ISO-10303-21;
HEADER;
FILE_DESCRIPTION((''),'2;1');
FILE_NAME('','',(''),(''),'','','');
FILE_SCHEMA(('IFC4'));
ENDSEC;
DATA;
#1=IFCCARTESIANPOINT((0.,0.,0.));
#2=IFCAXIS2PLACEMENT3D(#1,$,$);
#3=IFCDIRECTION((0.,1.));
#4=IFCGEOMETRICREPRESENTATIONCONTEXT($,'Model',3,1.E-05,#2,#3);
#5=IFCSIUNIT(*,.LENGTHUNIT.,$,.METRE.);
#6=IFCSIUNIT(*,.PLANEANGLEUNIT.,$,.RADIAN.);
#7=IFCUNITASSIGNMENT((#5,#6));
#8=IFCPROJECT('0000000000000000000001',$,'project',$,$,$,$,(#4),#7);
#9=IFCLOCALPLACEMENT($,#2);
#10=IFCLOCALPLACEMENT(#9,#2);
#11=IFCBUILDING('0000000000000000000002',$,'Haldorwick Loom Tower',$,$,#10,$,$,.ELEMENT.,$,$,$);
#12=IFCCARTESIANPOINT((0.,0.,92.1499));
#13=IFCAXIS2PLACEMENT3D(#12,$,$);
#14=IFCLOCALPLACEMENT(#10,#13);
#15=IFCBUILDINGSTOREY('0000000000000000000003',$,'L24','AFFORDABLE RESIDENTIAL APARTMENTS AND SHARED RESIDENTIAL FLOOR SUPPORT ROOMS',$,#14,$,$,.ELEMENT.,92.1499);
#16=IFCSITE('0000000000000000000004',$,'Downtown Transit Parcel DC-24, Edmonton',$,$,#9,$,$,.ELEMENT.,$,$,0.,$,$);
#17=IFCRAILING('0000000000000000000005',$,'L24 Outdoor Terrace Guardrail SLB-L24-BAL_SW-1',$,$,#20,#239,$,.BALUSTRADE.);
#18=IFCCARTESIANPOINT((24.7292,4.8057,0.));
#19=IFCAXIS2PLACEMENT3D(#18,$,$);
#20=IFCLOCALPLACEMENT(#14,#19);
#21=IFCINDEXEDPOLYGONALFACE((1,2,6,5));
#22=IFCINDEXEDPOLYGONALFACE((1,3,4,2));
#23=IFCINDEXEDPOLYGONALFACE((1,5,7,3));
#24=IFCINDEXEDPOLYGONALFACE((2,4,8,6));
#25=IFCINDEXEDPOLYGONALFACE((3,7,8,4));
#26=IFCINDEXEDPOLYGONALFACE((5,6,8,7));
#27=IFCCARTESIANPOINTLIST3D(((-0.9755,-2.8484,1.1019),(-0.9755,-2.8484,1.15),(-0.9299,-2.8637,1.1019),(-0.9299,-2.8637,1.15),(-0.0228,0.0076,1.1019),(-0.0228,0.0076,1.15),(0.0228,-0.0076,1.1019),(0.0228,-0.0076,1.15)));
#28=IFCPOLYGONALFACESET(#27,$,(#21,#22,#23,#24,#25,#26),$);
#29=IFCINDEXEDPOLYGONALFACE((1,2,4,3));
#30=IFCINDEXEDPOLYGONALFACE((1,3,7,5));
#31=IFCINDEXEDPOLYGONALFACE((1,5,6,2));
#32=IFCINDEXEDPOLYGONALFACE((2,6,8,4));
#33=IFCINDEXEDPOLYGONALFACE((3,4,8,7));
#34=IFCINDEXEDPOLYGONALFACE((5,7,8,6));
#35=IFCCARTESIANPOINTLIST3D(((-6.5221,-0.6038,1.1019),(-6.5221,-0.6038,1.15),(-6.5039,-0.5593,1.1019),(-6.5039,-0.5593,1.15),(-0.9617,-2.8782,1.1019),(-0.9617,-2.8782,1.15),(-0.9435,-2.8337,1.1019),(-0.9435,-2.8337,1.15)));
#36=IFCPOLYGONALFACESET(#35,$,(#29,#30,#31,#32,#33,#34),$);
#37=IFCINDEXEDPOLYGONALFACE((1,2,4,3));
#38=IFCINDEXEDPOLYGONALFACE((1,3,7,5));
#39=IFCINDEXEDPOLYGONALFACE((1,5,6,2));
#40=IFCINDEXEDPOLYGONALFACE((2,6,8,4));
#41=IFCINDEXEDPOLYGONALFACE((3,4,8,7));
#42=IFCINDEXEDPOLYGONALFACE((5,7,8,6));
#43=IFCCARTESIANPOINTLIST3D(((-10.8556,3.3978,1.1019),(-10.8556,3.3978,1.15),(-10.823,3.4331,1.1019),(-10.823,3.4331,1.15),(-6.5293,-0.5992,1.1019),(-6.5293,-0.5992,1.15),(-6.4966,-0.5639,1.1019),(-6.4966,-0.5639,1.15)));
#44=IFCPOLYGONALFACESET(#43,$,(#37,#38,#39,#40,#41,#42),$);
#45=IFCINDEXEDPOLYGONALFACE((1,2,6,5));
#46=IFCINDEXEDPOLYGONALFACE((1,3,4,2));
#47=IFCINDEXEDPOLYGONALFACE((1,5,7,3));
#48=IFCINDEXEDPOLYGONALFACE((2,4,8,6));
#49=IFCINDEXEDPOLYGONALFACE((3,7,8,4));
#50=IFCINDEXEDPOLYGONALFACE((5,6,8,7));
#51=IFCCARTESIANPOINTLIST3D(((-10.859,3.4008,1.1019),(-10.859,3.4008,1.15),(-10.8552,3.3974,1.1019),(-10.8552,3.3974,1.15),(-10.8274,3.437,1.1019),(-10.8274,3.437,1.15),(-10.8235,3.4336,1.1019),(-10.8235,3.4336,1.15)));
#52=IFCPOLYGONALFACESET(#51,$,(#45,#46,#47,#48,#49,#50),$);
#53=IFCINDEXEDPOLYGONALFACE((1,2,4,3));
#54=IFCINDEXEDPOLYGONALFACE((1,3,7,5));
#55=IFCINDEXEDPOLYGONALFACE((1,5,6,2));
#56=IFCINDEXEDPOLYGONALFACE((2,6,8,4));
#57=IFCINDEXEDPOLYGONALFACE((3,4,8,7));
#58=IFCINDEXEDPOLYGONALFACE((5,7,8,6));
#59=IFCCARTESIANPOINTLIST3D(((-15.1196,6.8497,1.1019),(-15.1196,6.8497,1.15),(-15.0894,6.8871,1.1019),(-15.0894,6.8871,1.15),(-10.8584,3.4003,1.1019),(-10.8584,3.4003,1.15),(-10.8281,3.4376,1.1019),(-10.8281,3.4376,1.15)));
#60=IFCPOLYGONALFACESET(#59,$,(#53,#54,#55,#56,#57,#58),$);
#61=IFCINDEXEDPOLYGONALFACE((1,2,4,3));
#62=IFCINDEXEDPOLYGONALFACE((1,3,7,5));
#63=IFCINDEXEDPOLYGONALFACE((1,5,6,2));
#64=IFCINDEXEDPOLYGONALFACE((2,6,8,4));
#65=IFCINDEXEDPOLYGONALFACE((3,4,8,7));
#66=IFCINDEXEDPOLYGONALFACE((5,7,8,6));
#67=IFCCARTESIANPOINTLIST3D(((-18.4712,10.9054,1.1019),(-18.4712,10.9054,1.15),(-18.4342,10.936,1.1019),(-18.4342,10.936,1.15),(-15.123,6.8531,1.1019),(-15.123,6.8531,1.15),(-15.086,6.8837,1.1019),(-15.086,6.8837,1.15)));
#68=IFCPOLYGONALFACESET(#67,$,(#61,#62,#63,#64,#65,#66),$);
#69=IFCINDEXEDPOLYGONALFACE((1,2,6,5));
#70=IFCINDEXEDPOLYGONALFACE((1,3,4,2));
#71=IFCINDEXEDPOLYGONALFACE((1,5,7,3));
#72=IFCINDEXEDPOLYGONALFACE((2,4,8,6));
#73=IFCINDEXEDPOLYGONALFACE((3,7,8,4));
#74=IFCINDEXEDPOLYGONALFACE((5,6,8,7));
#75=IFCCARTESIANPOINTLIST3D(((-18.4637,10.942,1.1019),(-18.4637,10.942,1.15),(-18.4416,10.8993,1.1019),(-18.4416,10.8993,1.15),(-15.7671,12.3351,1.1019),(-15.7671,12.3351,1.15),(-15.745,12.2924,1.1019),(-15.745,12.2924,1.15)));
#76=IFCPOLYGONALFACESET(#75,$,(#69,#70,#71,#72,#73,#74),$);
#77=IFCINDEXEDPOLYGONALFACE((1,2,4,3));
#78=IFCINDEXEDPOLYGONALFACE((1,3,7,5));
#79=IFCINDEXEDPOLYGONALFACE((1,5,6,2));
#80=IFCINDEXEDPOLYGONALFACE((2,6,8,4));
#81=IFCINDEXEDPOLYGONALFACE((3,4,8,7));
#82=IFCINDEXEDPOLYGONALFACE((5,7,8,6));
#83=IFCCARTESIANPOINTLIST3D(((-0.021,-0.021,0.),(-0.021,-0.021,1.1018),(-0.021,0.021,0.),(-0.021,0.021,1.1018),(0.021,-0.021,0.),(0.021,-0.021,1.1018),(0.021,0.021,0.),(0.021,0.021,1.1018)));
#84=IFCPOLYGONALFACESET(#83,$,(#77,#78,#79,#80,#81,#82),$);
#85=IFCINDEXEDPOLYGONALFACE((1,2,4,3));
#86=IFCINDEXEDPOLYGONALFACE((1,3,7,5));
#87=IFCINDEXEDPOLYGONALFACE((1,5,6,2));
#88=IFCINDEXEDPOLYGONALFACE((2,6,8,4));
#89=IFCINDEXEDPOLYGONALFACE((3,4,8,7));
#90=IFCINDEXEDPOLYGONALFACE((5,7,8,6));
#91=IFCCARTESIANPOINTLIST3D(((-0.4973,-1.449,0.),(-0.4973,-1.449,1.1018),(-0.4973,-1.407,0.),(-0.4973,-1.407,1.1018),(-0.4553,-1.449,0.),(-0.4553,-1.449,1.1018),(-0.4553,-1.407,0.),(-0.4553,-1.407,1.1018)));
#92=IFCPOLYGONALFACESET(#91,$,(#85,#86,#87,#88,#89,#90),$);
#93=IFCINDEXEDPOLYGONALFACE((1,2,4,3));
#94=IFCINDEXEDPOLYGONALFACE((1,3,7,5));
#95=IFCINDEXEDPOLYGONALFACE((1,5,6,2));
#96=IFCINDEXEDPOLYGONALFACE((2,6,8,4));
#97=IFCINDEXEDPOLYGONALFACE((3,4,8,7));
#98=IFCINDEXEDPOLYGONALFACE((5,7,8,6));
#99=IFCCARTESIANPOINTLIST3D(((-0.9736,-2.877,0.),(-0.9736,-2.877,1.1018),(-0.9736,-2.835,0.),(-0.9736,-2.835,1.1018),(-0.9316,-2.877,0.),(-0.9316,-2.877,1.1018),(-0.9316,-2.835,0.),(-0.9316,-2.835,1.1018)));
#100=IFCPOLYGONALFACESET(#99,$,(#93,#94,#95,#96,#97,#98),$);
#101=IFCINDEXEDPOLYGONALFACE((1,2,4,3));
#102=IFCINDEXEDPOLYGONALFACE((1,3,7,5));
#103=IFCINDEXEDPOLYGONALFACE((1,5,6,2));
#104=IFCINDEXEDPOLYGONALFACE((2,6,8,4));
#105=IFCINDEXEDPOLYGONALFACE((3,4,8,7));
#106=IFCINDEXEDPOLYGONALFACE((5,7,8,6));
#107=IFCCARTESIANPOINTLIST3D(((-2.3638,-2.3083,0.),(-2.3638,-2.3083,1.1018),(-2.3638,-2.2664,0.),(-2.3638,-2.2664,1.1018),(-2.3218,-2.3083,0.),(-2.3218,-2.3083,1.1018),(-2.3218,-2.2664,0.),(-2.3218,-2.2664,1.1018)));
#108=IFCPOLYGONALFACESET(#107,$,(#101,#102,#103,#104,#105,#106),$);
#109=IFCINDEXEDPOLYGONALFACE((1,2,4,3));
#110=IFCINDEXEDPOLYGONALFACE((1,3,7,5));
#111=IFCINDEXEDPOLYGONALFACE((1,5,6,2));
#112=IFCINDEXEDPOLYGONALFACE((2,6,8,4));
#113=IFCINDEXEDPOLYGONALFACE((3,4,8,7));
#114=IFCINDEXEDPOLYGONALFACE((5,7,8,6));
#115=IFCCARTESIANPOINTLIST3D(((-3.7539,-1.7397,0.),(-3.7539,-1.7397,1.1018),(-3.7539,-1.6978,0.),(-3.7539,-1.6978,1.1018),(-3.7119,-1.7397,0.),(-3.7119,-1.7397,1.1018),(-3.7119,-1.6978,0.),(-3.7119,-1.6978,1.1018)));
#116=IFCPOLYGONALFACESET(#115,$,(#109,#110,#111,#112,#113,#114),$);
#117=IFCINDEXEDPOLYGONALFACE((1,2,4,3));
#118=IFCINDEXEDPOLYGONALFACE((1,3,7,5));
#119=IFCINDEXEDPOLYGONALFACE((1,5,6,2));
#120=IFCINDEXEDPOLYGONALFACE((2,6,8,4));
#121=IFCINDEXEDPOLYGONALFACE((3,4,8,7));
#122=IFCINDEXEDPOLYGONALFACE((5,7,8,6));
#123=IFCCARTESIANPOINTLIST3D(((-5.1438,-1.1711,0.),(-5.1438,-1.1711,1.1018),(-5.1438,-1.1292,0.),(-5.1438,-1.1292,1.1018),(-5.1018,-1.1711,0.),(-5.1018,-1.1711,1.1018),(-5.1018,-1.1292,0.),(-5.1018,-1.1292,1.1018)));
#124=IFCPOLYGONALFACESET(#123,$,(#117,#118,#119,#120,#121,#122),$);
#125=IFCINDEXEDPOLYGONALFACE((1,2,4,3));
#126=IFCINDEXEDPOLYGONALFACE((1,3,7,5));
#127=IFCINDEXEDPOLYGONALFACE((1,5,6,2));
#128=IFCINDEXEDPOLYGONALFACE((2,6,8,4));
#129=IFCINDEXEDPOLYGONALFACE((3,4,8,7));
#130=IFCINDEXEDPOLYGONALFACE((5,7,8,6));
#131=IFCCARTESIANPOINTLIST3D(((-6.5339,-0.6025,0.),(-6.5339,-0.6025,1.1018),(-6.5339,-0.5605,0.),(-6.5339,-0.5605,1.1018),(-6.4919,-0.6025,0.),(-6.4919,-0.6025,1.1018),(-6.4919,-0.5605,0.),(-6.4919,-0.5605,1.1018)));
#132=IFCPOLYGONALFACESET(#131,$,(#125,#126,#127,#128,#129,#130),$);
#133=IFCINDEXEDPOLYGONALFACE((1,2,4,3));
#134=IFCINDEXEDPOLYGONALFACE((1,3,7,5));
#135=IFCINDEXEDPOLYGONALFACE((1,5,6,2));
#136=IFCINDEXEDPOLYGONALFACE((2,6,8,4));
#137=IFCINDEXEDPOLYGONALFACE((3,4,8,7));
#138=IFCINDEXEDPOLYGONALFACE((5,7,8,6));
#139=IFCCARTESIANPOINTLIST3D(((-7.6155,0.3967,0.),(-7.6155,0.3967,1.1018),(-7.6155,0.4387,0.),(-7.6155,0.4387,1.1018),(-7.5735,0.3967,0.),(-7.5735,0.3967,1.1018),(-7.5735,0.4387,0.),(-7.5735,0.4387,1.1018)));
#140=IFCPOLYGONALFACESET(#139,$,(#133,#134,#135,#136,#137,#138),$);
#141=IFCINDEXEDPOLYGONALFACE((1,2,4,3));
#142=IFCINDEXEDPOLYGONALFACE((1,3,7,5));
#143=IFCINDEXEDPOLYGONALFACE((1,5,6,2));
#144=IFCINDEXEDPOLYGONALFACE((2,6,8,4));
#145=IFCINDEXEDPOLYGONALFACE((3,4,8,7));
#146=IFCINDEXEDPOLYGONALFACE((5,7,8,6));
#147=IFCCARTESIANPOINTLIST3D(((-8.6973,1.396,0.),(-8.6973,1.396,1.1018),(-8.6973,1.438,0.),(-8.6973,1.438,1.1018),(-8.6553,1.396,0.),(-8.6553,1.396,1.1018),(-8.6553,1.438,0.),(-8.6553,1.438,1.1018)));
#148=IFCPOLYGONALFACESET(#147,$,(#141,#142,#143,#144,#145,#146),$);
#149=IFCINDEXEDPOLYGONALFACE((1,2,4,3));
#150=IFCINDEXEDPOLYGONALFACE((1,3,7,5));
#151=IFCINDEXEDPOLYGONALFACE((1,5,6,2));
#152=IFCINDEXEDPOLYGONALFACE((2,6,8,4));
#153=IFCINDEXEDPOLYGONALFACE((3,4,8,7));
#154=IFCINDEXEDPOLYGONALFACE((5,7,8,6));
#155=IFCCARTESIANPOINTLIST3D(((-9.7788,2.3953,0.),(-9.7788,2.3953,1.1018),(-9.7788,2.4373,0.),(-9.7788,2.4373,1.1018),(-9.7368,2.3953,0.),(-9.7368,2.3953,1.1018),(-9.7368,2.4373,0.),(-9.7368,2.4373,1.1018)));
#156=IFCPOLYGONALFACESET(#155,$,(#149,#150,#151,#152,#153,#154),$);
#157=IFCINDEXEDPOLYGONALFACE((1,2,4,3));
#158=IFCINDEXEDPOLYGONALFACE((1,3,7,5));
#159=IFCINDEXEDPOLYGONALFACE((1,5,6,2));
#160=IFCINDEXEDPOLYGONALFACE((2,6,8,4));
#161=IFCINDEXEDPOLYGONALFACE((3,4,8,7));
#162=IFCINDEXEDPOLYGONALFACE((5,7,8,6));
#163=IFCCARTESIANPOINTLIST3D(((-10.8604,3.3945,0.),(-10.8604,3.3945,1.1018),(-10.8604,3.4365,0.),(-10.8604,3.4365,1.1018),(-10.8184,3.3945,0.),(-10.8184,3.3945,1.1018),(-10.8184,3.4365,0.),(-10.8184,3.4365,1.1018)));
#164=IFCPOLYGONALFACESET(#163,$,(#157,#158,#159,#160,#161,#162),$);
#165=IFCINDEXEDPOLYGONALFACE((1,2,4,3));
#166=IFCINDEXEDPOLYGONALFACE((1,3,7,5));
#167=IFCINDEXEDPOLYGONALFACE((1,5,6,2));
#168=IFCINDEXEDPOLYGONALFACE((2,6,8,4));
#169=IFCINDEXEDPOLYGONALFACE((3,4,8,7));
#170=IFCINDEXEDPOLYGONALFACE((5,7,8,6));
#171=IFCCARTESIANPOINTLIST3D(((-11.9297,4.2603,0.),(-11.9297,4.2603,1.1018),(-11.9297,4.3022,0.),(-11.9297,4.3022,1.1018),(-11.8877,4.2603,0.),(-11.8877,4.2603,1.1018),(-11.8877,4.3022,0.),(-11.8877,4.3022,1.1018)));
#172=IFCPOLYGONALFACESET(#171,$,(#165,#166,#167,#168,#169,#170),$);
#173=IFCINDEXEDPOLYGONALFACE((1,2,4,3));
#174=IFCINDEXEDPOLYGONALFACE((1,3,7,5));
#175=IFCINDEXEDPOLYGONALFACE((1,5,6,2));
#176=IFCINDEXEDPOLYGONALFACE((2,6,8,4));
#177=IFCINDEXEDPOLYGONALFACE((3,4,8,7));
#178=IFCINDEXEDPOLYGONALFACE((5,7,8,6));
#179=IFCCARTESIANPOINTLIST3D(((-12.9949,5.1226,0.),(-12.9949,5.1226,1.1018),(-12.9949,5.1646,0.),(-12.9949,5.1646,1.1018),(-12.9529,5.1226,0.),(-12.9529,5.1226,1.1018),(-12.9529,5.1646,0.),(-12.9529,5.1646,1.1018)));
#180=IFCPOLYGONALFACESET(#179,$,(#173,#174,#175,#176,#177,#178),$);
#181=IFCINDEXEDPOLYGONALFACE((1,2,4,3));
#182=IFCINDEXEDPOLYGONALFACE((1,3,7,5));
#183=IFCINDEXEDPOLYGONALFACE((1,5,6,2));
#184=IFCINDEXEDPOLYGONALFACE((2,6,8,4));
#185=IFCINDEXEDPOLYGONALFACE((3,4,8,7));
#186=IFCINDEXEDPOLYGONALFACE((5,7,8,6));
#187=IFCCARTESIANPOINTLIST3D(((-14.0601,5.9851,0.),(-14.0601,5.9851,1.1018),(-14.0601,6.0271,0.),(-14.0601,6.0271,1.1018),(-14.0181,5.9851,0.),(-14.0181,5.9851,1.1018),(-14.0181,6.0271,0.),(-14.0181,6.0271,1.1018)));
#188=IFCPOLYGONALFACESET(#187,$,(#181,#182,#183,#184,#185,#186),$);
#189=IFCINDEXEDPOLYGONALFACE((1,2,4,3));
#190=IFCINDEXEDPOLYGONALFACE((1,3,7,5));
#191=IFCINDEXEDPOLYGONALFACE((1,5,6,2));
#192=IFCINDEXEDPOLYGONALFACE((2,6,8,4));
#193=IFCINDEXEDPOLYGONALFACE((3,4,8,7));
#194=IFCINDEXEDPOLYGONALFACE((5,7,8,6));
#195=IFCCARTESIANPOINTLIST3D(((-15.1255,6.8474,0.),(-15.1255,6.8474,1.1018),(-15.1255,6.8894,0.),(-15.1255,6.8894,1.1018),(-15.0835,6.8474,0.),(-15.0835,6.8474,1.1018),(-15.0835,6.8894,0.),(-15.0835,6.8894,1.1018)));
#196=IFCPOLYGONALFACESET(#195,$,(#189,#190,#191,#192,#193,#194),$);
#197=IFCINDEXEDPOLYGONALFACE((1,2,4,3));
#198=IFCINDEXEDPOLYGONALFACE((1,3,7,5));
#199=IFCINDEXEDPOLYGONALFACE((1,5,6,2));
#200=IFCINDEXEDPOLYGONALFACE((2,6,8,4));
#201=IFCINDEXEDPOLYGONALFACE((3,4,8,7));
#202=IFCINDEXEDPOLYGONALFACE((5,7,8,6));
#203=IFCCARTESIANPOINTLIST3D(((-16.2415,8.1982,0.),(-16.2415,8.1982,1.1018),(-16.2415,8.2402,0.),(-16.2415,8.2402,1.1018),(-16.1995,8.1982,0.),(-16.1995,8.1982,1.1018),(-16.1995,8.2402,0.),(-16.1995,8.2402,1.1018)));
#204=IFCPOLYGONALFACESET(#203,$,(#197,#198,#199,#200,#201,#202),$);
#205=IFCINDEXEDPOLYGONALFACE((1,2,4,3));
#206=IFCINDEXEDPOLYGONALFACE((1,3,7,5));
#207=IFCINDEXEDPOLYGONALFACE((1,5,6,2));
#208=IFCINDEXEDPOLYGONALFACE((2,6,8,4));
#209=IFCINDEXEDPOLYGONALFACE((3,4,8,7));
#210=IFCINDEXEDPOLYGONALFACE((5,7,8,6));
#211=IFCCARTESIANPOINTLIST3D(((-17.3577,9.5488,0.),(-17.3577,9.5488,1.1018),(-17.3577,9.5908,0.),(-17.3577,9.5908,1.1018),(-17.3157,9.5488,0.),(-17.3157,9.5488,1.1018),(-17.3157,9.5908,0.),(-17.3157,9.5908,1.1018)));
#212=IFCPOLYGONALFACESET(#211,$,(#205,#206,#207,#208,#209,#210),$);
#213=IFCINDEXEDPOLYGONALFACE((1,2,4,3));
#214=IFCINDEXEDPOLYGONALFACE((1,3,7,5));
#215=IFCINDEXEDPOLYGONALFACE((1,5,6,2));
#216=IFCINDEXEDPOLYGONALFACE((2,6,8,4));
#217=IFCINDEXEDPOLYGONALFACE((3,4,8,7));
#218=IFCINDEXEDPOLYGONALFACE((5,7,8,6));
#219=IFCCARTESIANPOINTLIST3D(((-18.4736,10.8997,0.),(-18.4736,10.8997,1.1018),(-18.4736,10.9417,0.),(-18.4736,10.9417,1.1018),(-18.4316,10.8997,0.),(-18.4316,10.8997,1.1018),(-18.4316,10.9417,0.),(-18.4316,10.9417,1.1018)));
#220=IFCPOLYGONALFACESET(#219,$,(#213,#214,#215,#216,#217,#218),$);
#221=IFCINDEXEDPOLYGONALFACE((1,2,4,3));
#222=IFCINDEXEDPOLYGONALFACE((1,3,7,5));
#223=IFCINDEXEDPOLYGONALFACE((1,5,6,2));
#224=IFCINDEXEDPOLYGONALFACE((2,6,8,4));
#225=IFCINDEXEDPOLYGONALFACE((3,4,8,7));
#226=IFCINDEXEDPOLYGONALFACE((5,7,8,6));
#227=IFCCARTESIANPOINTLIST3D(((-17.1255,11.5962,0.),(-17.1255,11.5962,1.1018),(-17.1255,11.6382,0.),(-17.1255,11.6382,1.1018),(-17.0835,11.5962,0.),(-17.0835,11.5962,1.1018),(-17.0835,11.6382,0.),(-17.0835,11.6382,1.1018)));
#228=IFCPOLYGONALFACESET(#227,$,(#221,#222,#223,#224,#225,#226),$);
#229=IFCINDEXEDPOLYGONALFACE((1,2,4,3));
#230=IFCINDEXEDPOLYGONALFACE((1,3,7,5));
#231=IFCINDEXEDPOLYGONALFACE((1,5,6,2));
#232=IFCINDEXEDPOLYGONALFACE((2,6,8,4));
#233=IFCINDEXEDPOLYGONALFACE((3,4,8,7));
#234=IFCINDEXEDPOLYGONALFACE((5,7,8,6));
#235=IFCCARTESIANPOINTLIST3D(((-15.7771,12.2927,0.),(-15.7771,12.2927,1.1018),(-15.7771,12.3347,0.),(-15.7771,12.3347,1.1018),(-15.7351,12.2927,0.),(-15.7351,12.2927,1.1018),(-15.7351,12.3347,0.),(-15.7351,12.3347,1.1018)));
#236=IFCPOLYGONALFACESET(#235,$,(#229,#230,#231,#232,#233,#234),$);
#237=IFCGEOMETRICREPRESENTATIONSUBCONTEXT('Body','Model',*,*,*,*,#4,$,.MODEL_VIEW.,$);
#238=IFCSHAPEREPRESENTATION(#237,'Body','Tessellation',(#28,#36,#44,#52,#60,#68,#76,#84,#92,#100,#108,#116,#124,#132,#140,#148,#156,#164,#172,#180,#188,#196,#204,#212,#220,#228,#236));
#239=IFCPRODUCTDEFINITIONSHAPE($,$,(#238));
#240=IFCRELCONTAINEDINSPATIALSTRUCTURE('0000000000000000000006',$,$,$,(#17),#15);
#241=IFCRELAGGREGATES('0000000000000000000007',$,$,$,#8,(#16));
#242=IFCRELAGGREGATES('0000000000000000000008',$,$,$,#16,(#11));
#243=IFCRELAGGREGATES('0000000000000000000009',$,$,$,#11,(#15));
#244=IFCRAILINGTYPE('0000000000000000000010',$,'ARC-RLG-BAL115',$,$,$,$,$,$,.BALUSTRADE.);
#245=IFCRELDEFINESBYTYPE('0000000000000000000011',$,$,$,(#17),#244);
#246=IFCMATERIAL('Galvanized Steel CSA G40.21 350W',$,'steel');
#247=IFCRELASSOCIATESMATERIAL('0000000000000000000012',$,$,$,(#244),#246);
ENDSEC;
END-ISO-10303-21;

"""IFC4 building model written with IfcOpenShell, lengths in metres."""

from ifc_helpers import new_model, si_unit, direction, frame, origin, origin_2d, place, context, subcontext, project, spatial, rectangle, extrude, material, type_object, element, save


model = new_model("IFC4")

# Units and contexts
model_context = context("Model", 3, precision=1e-05, world=origin(), true_north=direction((0.0, 1.0)))
body_context = subcontext(model_context, "Body", "Model", "MODEL_VIEW")
ifc_project = project(units=[si_unit("LENGTHUNIT", "METRE"), si_unit("PLANEANGLEUNIT", "RADIAN")], contexts=[model_context])

# Site, building, storey
site_placement = place(None, origin())
site = spatial("IfcSite", under=ifc_project, at=site_placement, Name="Downtown Transit Parcel DC-24, Edmonton", CompositionType="ELEMENT", RefElevation=0.0)
building_placement = place(site_placement, origin())
building = spatial("IfcBuilding", under=site, at=building_placement, Name="Haldorwick Loom Tower", CompositionType="ELEMENT")
storey_placement = place(building_placement, frame((0.0, 0.0, 92.1499)))
storey = spatial("IfcBuildingStorey", under=building, at=storey_placement, Name="L24", Description="AFFORDABLE RESIDENTIAL APARTMENTS AND SHARED RESIDENTIAL FLOOR SUPPORT ROOMS", CompositionType="ELEMENT", Elevation=92.1499)

# Railing
ifc_material_1 = material(Name="Galvanized Steel CSA G40.21 350W", Category="steel")
railing_type = type_object("IfcRailingType", Name="ARC-RLG-BAL115", PredefinedType="BALUSTRADE", material=ifc_material_1)
railing_placement = place(storey_placement, frame((24.7292, 4.8057, 0.0)))
element("IfcRailing", 1, at=railing_placement, inside=storey, type_object=railing_type, Name="L24 Outdoor Terrace Guardrail SLB-L24-BAL_SW-1", PredefinedType="BALUSTRADE", context=body_context, shape_type="SweptSolid", body=[
    extrude(rectangle(XDim=0.0481, YDim=0.0481, at=origin_2d()), frame((0.0, 0.0, 1.126), z_axis=(-0.316422, -0.948618, 0.0), x_axis=(0.948618, -0.316422, 0.0)), (0.0, 0.0, 1.0), 3.0107),
    extrude(rectangle(XDim=0.0481, YDim=0.0481, at=origin_2d()), frame((-0.9526, -2.856, 1.126), z_axis=(-0.925562, 0.378596, 0.0), x_axis=(-0.378596, -0.925562, 0.0)), (0.0, 0.0, 1.0), 6.0076),
    extrude(rectangle(XDim=0.0481, YDim=0.0481, at=origin_2d()), frame((-6.5129, -0.5815, 1.126), z_axis=(-0.734511, 0.678597, 0.0), x_axis=(-0.678597, -0.734511, 0.0)), (0.0, 0.0, 1.0), 5.8901),
    extrude(rectangle(XDim=0.0481, YDim=0.0481, at=origin_2d()), frame((-10.8394, 3.4155, 1.126), z_axis=(-0.752577, 0.658505, 0.0), x_axis=(-0.658505, -0.752577, 0.0)), (0.0, 0.0, 1.0), 0.0051),
    extrude(rectangle(XDim=0.0481, YDim=0.0481, at=origin_2d()), frame((-10.8433, 3.4189, 1.126), z_axis=(-0.777254, 0.629187, 0.0), x_axis=(-0.629187, -0.777254, 0.0)), (0.0, 0.0, 1.0), 5.4824),
    extrude(rectangle(XDim=0.0481, YDim=0.0481, at=origin_2d()), frame((-15.1045, 6.8684, 1.126), z_axis=(-0.636953, 0.770902, 0.0), x_axis=(-0.770902, -0.636953, 0.0)), (0.0, 0.0, 1.0), 5.2566),
    extrude(rectangle(XDim=0.0481, YDim=0.0481, at=origin_2d()), frame((-18.4526, 10.9207, 1.126), z_axis=(0.888445, 0.458983, 0.0), x_axis=(-0.458983, 0.888445, 0.0)), (0.0, 0.0, 1.0), 3.0352),
    extrude(rectangle(XDim=0.042, YDim=0.042, at=origin_2d()), origin(), (0.0, 0.0, 1.0), 1.1018),
    extrude(rectangle(XDim=0.042, YDim=0.042, at=origin_2d()), frame((-0.4763, -1.428, 0.0)), (0.0, 0.0, 1.0), 1.1018),
    extrude(rectangle(XDim=0.042, YDim=0.042, at=origin_2d()), frame((-0.9526, -2.856, 0.0)), (0.0, 0.0, 1.0), 1.1018),
    extrude(rectangle(XDim=0.042, YDim=0.042, at=origin_2d()), frame((-2.3428, -2.2874, 0.0)), (0.0, 0.0, 1.0), 1.1018),
    extrude(rectangle(XDim=0.042, YDim=0.042, at=origin_2d()), frame((-3.7329, -1.7188, 0.0)), (0.0, 0.0, 1.0), 1.1018),
    extrude(rectangle(XDim=0.042, YDim=0.042, at=origin_2d()), frame((-5.1228, -1.1501, 0.0)), (0.0, 0.0, 1.0), 1.1018),
    extrude(rectangle(XDim=0.042, YDim=0.042, at=origin_2d()), frame((-6.5129, -0.5815, 0.0)), (0.0, 0.0, 1.0), 1.1018),
    extrude(rectangle(XDim=0.042, YDim=0.042, at=origin_2d()), frame((-7.5945, 0.4177, 0.0)), (0.0, 0.0, 1.0), 1.1018),
    extrude(rectangle(XDim=0.042, YDim=0.042, at=origin_2d()), frame((-8.6763, 1.417, 0.0)), (0.0, 0.0, 1.0), 1.1018),
    extrude(rectangle(XDim=0.042, YDim=0.042, at=origin_2d()), frame((-9.7578, 2.4163, 0.0)), (0.0, 0.0, 1.0), 1.1018),
    extrude(rectangle(XDim=0.042, YDim=0.042, at=origin_2d()), frame((-10.8394, 3.4155, 0.0)), (0.0, 0.0, 1.0), 1.1018),
    extrude(rectangle(XDim=0.042, YDim=0.042, at=origin_2d()), frame((-11.9087, 4.2812, 0.0)), (0.0, 0.0, 1.0), 1.1018),
    extrude(rectangle(XDim=0.042, YDim=0.042, at=origin_2d()), frame((-12.9739, 5.1436, 0.0)), (0.0, 0.0, 1.0), 1.1018),
    extrude(rectangle(XDim=0.042, YDim=0.042, at=origin_2d()), frame((-14.0391, 6.0061, 0.0)), (0.0, 0.0, 1.0), 1.1018),
    extrude(rectangle(XDim=0.042, YDim=0.042, at=origin_2d()), frame((-15.1045, 6.8684, 0.0)), (0.0, 0.0, 1.0), 1.1018),
    extrude(rectangle(XDim=0.042, YDim=0.042, at=origin_2d()), frame((-16.2205, 8.2192, 0.0)), (0.0, 0.0, 1.0), 1.1018),
    extrude(rectangle(XDim=0.042, YDim=0.042, at=origin_2d()), frame((-17.3367, 9.5698, 0.0)), (0.0, 0.0, 1.0), 1.1018),
    extrude(rectangle(XDim=0.042, YDim=0.042, at=origin_2d()), frame((-18.4526, 10.9207, 0.0)), (0.0, 0.0, 1.0), 1.1018),
    extrude(rectangle(XDim=0.042, YDim=0.042, at=origin_2d()), frame((-17.1045, 11.6172, 0.0)), (0.0, 0.0, 1.0), 1.1018),
    extrude(rectangle(XDim=0.042, YDim=0.042, at=origin_2d()), frame((-15.7561, 12.3137, 0.0)), (0.0, 0.0, 1.0), 1.1018),
])

save(model, "model.ifc")
